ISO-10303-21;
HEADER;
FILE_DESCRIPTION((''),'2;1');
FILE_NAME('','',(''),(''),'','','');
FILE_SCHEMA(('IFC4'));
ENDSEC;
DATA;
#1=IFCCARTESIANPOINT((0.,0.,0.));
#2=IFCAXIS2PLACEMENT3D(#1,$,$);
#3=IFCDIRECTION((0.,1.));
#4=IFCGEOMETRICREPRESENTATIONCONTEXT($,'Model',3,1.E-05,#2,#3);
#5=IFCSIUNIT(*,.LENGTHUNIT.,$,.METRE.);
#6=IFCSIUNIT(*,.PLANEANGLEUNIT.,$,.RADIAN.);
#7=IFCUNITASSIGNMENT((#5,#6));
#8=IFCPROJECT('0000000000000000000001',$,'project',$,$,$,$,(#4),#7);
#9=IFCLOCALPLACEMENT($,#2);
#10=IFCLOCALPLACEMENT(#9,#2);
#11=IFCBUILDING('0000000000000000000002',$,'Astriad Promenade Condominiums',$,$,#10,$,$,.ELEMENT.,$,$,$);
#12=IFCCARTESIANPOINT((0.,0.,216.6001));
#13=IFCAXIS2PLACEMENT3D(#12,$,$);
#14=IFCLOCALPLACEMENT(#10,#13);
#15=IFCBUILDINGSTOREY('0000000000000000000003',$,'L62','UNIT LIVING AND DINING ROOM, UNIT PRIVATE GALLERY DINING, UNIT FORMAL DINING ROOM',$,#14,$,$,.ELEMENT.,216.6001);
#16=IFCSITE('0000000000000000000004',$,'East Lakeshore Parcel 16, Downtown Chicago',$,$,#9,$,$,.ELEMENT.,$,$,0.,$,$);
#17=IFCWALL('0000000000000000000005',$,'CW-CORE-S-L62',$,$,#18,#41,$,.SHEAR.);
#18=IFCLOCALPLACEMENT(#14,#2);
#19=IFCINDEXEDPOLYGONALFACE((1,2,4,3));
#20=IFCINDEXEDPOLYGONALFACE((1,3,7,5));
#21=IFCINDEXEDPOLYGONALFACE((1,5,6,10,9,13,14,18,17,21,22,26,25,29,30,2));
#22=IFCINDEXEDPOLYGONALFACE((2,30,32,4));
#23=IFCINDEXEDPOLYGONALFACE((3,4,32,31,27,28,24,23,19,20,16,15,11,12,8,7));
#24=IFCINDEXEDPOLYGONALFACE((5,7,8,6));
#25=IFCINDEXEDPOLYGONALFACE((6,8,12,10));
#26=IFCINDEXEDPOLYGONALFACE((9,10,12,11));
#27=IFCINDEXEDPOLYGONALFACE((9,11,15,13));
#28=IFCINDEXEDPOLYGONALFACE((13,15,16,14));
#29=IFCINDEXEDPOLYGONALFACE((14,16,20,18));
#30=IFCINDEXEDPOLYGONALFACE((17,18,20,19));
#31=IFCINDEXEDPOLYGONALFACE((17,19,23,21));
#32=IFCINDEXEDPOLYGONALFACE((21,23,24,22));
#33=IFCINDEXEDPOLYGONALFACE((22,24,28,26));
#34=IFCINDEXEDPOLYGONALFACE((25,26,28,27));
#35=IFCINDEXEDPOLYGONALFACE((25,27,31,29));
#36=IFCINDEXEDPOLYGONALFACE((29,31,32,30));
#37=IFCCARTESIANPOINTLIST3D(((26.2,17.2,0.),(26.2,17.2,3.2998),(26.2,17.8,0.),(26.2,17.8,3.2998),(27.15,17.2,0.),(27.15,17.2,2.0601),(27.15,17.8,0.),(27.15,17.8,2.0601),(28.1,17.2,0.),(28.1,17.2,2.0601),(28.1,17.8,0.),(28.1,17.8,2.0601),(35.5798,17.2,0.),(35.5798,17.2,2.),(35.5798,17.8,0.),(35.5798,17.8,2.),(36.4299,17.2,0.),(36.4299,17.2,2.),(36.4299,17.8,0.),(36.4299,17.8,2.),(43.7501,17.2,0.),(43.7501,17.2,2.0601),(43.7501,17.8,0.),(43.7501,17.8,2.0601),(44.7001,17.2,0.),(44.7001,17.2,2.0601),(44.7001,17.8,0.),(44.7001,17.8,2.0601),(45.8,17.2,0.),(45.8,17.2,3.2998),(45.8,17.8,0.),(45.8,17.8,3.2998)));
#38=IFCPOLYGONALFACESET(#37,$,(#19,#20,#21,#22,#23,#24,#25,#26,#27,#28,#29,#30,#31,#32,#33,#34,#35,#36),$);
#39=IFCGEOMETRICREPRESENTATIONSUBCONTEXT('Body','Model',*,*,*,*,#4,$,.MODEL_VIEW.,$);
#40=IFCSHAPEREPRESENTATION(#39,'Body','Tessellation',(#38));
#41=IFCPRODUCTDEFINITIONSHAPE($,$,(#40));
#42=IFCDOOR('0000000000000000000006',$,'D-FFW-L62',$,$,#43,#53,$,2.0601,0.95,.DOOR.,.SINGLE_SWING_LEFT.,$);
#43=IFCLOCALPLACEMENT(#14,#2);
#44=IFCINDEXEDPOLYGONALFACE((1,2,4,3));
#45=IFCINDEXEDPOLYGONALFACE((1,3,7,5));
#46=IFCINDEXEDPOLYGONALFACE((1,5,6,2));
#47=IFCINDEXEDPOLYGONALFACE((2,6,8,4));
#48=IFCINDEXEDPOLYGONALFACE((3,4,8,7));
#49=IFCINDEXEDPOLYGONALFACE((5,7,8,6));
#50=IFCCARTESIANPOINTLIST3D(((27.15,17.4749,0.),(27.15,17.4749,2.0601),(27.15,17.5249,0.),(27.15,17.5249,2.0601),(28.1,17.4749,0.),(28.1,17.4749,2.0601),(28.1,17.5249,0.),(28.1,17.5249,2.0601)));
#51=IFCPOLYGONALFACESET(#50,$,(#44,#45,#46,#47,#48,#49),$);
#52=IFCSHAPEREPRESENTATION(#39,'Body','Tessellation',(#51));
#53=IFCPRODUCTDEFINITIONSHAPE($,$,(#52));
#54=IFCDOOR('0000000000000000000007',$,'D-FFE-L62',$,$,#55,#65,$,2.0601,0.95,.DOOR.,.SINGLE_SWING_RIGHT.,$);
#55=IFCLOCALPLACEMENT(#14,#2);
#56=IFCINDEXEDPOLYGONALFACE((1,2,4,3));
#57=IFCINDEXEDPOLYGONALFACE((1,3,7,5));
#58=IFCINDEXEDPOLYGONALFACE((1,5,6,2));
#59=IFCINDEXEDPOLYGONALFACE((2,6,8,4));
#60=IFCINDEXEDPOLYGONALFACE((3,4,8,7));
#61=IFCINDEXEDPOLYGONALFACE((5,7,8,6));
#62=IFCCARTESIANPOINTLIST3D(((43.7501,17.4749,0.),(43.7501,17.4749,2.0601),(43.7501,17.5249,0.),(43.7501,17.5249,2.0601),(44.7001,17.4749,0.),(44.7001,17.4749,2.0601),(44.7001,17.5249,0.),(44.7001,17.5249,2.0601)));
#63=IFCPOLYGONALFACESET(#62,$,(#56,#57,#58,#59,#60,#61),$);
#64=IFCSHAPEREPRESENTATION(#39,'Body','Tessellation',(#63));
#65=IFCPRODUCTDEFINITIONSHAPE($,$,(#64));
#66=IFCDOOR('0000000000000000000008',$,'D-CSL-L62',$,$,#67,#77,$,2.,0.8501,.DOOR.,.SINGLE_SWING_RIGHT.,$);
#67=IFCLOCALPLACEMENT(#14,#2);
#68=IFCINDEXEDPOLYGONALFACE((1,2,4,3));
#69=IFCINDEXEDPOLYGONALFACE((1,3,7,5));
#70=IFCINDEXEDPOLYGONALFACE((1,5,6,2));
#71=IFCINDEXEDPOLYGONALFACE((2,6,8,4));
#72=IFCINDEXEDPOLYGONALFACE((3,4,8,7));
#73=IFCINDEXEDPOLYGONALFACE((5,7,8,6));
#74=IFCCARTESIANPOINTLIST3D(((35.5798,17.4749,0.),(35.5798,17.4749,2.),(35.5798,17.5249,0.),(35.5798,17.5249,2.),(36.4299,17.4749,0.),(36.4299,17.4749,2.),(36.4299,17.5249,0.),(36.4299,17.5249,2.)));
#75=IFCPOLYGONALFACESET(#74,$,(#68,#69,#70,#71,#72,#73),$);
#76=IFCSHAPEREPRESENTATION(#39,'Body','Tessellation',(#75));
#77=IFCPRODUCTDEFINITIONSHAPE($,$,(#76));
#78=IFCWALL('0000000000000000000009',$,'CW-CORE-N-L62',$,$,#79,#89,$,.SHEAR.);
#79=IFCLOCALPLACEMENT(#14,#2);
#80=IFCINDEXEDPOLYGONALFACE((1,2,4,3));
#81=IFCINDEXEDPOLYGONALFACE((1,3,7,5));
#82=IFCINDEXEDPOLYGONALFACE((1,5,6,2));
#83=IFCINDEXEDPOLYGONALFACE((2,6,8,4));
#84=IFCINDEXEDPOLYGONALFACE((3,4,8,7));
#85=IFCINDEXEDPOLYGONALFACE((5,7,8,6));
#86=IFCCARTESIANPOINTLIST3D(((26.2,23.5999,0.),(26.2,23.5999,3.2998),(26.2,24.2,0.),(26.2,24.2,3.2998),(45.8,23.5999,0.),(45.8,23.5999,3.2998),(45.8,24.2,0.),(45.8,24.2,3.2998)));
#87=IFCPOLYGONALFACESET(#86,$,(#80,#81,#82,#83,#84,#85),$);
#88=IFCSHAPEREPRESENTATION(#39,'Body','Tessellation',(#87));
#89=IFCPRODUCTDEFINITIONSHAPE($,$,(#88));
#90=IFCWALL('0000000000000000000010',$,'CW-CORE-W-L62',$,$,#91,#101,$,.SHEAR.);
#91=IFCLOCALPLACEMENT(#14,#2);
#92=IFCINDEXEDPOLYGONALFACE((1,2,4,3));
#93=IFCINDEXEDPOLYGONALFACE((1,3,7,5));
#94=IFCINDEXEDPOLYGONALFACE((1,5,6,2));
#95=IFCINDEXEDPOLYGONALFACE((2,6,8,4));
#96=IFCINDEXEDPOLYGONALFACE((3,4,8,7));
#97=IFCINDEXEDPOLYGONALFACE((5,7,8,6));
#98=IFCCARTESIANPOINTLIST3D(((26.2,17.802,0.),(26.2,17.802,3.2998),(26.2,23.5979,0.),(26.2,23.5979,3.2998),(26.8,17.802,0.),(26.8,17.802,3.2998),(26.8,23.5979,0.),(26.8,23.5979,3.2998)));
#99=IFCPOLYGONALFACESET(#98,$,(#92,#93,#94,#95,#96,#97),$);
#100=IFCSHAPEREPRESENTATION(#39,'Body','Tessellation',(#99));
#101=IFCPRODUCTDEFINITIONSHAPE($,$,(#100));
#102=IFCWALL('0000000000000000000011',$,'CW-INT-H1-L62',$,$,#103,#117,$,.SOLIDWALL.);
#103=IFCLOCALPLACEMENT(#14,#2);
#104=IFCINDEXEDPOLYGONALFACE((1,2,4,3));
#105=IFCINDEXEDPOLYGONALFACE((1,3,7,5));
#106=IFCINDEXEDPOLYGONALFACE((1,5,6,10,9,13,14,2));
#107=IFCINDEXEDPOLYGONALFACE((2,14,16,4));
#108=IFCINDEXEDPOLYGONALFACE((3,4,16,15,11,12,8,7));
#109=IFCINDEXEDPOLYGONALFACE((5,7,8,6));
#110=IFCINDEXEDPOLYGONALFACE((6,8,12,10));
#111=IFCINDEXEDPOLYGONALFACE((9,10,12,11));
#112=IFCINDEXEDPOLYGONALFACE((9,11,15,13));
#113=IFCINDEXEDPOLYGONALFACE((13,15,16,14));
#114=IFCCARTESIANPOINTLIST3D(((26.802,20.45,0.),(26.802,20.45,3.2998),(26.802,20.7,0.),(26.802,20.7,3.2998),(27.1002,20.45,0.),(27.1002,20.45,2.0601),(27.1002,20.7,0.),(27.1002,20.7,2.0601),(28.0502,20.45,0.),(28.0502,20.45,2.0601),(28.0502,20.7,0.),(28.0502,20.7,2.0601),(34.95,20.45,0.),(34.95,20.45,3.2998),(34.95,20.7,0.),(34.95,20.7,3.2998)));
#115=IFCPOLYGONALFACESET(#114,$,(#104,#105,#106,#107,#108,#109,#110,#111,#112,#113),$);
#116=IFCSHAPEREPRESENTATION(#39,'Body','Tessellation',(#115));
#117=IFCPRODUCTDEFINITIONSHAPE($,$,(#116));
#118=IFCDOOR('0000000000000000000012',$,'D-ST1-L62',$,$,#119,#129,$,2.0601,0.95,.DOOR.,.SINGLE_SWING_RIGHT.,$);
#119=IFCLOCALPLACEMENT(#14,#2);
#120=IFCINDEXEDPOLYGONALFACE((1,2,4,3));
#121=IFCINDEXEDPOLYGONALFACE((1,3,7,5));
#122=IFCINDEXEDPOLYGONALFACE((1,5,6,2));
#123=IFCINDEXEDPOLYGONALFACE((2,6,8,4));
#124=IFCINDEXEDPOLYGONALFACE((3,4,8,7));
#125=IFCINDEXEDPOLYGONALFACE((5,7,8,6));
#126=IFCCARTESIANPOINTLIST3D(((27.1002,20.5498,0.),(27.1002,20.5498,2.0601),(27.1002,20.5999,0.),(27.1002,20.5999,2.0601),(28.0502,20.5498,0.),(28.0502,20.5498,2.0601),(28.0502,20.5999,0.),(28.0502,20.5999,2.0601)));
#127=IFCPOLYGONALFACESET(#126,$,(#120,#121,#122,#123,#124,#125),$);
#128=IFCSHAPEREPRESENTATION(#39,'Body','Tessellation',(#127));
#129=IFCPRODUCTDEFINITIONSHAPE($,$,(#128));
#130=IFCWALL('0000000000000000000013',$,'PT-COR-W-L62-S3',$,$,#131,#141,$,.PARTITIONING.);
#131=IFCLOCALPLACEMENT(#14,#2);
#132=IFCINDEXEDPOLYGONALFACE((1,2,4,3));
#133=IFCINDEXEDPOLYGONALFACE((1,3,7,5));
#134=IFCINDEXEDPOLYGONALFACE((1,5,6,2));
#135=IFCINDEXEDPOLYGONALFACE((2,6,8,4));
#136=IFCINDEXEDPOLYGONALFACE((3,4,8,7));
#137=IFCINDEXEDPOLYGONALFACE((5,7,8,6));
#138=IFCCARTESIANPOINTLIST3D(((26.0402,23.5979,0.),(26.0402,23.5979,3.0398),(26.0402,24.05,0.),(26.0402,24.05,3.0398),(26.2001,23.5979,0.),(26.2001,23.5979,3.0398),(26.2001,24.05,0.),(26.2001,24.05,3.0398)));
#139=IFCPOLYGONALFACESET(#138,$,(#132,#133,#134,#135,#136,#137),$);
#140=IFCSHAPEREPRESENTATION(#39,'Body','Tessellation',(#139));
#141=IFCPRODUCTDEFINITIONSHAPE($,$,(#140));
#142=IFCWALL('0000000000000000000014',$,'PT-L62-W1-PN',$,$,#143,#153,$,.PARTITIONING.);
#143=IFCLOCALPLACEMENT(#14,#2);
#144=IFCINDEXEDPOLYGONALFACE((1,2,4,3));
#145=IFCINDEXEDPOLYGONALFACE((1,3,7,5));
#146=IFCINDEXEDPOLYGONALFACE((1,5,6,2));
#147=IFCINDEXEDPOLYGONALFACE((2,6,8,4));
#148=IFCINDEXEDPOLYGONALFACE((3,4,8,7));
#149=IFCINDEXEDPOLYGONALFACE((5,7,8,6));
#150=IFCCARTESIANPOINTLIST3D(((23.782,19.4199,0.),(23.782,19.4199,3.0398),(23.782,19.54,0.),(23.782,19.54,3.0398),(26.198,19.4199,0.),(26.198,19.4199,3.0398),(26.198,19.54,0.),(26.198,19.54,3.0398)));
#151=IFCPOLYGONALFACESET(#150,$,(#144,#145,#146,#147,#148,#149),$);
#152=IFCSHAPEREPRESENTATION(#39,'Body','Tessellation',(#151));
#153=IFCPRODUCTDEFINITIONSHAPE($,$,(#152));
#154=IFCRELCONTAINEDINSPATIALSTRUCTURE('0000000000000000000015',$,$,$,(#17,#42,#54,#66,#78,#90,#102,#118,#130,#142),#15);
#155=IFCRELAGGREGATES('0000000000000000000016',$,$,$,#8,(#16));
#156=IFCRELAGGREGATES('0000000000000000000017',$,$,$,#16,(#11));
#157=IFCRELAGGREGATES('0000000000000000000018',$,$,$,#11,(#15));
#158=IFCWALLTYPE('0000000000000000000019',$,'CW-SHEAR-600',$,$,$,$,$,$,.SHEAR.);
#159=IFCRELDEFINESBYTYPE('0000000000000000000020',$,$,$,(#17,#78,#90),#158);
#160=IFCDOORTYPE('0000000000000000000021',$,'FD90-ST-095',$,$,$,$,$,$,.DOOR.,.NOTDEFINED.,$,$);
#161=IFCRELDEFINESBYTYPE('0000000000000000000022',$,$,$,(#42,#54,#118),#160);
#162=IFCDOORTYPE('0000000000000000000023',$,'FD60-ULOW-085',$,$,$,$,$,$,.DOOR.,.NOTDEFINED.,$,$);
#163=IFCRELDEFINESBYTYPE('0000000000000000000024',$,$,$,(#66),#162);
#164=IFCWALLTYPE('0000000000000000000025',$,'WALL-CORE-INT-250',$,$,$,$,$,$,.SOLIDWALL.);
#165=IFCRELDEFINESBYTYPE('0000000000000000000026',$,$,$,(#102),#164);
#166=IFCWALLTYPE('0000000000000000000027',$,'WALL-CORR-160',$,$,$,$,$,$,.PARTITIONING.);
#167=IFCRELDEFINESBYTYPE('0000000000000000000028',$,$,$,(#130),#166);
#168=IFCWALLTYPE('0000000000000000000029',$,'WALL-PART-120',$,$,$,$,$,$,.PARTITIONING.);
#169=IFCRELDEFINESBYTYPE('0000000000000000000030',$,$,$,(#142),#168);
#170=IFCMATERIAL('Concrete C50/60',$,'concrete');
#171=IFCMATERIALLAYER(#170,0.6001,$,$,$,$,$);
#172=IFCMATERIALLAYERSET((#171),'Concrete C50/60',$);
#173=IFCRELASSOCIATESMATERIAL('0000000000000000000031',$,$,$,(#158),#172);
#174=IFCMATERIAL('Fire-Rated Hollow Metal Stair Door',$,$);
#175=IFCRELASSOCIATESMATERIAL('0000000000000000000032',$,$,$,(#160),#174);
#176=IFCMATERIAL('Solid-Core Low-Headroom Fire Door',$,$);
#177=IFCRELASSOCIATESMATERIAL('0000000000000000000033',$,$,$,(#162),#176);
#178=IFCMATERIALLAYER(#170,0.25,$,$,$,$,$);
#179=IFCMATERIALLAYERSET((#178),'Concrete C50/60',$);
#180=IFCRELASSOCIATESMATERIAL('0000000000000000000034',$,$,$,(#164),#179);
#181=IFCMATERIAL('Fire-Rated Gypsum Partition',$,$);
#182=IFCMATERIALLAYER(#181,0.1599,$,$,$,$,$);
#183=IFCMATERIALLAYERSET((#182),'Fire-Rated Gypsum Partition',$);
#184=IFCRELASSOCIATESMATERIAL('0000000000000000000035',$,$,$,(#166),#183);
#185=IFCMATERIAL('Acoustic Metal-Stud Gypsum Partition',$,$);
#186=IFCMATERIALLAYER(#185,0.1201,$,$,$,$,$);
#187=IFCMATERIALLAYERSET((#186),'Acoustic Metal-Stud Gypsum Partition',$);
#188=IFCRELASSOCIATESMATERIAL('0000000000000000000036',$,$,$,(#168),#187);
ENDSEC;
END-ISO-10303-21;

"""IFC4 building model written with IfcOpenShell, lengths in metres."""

from ifc_helpers import new_model, si_unit, direction, frame, frame_2d, origin, place, context, subcontext, project, spatial, rectangle, extrude, source, transform, mapped, material, layer, layer_set, type_object, type_shapes, element, fill, save


model = new_model("IFC4")

# Units and contexts
model_context = context("Model", 3, precision=1e-05, world=origin(), true_north=direction((0.0, 1.0)))
body_context = subcontext(model_context, "Body", "Model", "MODEL_VIEW")
ifc_project = project(units=[si_unit("LENGTHUNIT", "METRE"), si_unit("PLANEANGLEUNIT", "RADIAN")], contexts=[model_context])

# Site, building, storey
site_placement = place(None, origin())
site = spatial("IfcSite", under=ifc_project, at=site_placement, Name="East Lakeshore Parcel 16, Downtown Chicago", CompositionType="ELEMENT", RefElevation=0.0)
building_placement = place(site_placement, origin())
building = spatial("IfcBuilding", under=site, at=building_placement, Name="Astriad Promenade Condominiums", CompositionType="ELEMENT")
storey_placement = place(building_placement, frame((0.0, 0.0, 216.6001)))
storey = spatial("IfcBuildingStorey", under=building, at=storey_placement, Name="L62", Description="UNIT LIVING AND DINING ROOM, UNIT PRIVATE GALLERY DINING, UNIT FORMAL DINING ROOM", CompositionType="ELEMENT", Elevation=216.6001)

# Wall, openings, doors
ifc_material_1 = material(Name="Concrete C50/60", Category="concrete")
ifc_layer_1 = layer(ifc_material_1, 0.6001)
ifc_layer_set_1 = layer_set([ifc_layer_1], Name="Concrete C50/60")
wall_type_1 = type_object("IfcWallType", Name="CW-SHEAR-600", PredefinedType="SHEAR", material=ifc_layer_set_1)
wall_1_placement = place(storey_placement, frame((26.2, 17.5, 0.0), z_axis=(0.0, 0.0, 1.0), x_axis=(1.0, 0.0, 0.0)))
wall_1 = element("IfcWall", 1, at=wall_1_placement, inside=storey, type_object=wall_type_1, Name="CW-CORE-S-L62", PredefinedType="SHEAR", context=body_context, shape_type="SweptSolid", body=[
    extrude(rectangle(XDim=19.6001, YDim=0.6001, at=frame_2d((9.8, 0.0))), origin(), (0.0, 0.0, 1.0), 3.2998),
])
opening_1_placement = place(wall_1_placement, frame((0.95, 0.0, 0.0)))
opening_1 = element("IfcOpeningElement", 2, at=opening_1_placement, cuts=wall_1, PredefinedType="OPENING", context=body_context, shape_type="SweptSolid", body=[
    extrude(rectangle(XDim=0.95, YDim=2.0601, at=frame_2d((0.4751, 1.03))), frame((0.0, 0.3101, 0.0), z_axis=(0.0, -1.0, 0.0), x_axis=(1.0, 0.0, 0.0)), (0.0, 0.0, 1.0), 0.6201),
])
opening_2_placement = place(wall_1_placement, frame((9.3799, 0.0, 0.0)))
opening_2 = element("IfcOpeningElement", 3, at=opening_2_placement, cuts=wall_1, PredefinedType="OPENING", context=body_context, shape_type="SweptSolid", body=[
    extrude(rectangle(XDim=0.8501, YDim=2.0, at=frame_2d((0.425, 1.0))), frame((0.0, 0.3101, 0.0), z_axis=(0.0, -1.0, 0.0), x_axis=(1.0, 0.0, 0.0)), (0.0, 0.0, 1.0), 0.6201),
])
opening_3_placement = place(wall_1_placement, frame((17.55, 0.0, 0.0)))
opening_3 = element("IfcOpeningElement", 4, at=opening_3_placement, cuts=wall_1, PredefinedType="OPENING", context=body_context, shape_type="SweptSolid", body=[
    extrude(rectangle(XDim=0.95, YDim=2.0601, at=frame_2d((0.4751, 1.03))), frame((0.0, 0.3101, 0.0), z_axis=(0.0, -1.0, 0.0), x_axis=(1.0, 0.0, 0.0)), (0.0, 0.0, 1.0), 0.6201),
])
ifc_material_2 = material(Name="Fire-Rated Hollow Metal Stair Door")
door_type_1 = type_object("IfcDoorType", Name="FD90-ST-095", OperationType="NOTDEFINED", PredefinedType="DOOR", material=ifc_material_2)
shared_shape_1 = source(origin(), body_context, "Body", "SweptSolid", [
    extrude(rectangle(XDim=0.95, YDim=2.0601, at=frame_2d((0.4751, 1.03))), frame((0.0, 0.0249, 0.0), z_axis=(0.0, -1.0, 0.0), x_axis=(1.0, 0.0, 0.0)), (0.0, 0.0, 1.0), 0.05),
])
type_shapes(door_type_1, [shared_shape_1])
door_1_placement = place(opening_1_placement, origin())
door_1 = element("IfcDoor", 5, at=door_1_placement, inside=storey, type_object=door_type_1, Name="D-FFW-L62", OperationType="SINGLE_SWING_LEFT", OverallHeight=2.0601, OverallWidth=0.95, PredefinedType="DOOR", context=body_context, shape_type="MappedRepresentation", body=[
    mapped(shared_shape_1, transform((0.0, 0.0, 0.0), scale=1.0)),
])
fill(opening_1, door_1)
door_2_placement = place(opening_3_placement, origin())
door_2 = element("IfcDoor", 6, at=door_2_placement, inside=storey, type_object=door_type_1, Name="D-FFE-L62", OperationType="SINGLE_SWING_RIGHT", OverallHeight=2.0601, OverallWidth=0.95, PredefinedType="DOOR", context=body_context, shape_type="MappedRepresentation", body=[
    mapped(shared_shape_1, transform((0.0, 0.0, 0.0), scale=1.0)),
])
fill(opening_3, door_2)
ifc_material_3 = material(Name="Solid-Core Low-Headroom Fire Door")
door_type_2 = type_object("IfcDoorType", Name="FD60-ULOW-085", OperationType="NOTDEFINED", PredefinedType="DOOR", material=ifc_material_3)
shared_shape_2 = source(origin(), body_context, "Body", "SweptSolid", [
    extrude(rectangle(XDim=0.8501, YDim=2.0, at=frame_2d((0.425, 1.0))), frame((0.0, 0.0249, 0.0), z_axis=(0.0, -1.0, 0.0), x_axis=(1.0, 0.0, 0.0)), (0.0, 0.0, 1.0), 0.05),
])
type_shapes(door_type_2, [shared_shape_2])
door_3_placement = place(opening_2_placement, origin())
door_3 = element("IfcDoor", 7, at=door_3_placement, inside=storey, type_object=door_type_2, Name="D-CSL-L62", OperationType="SINGLE_SWING_RIGHT", OverallHeight=2.0, OverallWidth=0.8501, PredefinedType="DOOR", context=body_context, shape_type="MappedRepresentation", body=[
    mapped(shared_shape_2, transform((0.0, 0.0, 0.0), scale=1.0)),
])
fill(opening_2, door_3)

# Walls
wall_2_placement = place(storey_placement, frame((26.2, 23.8999, 0.0), z_axis=(0.0, 0.0, 1.0), x_axis=(1.0, 0.0, 0.0)))
element("IfcWall", 8, at=wall_2_placement, inside=storey, type_object=wall_type_1, Name="CW-CORE-N-L62", PredefinedType="SHEAR", context=body_context, shape_type="SweptSolid", body=[
    extrude(rectangle(XDim=19.6001, YDim=0.6001, at=frame_2d((9.8, 0.0))), origin(), (0.0, 0.0, 1.0), 3.2998),
])
wall_3_placement = place(storey_placement, frame((26.5, 17.802, 0.0), z_axis=(0.0, 0.0, 1.0), x_axis=(0.0, 1.0, 0.0)))
element("IfcWall", 9, at=wall_3_placement, inside=storey, type_object=wall_type_1, Name="CW-CORE-W-L62", PredefinedType="SHEAR", context=body_context, shape_type="SweptSolid", body=[
    extrude(rectangle(XDim=5.7959, YDim=0.6001, at=frame_2d((2.8979, 0.0))), origin(), (0.0, 0.0, 1.0), 3.2998),
])

# Wall, opening, door
ifc_layer_2 = layer(ifc_material_1, 0.25)
ifc_layer_set_2 = layer_set([ifc_layer_2], Name="Concrete C50/60")
wall_type_2 = type_object("IfcWallType", Name="WALL-CORE-INT-250", PredefinedType="SOLIDWALL", material=ifc_layer_set_2)
wall_4_placement = place(storey_placement, frame((26.802, 20.575, 0.0), z_axis=(0.0, 0.0, 1.0), x_axis=(1.0, 0.0, 0.0)))
wall_4 = element("IfcWall", 10, at=wall_4_placement, inside=storey, type_object=wall_type_2, Name="CW-INT-H1-L62", PredefinedType="SOLIDWALL", context=body_context, shape_type="SweptSolid", body=[
    extrude(rectangle(XDim=8.1479, YDim=0.25, at=frame_2d((4.074, 0.0))), origin(), (0.0, 0.0, 1.0), 3.2998),
])
opening_4_placement = place(wall_4_placement, frame((0.2981, 0.0, 0.0)))
opening_4 = element("IfcOpeningElement", 11, at=opening_4_placement, cuts=wall_4, PredefinedType="OPENING", context=body_context, shape_type="SweptSolid", body=[
    extrude(rectangle(XDim=0.95, YDim=2.0601, at=frame_2d((0.4751, 1.03))), frame((0.0, 0.135, 0.0), z_axis=(0.0, -1.0, 0.0), x_axis=(1.0, 0.0, 0.0)), (0.0, 0.0, 1.0), 0.27),
])
door_4_placement = place(opening_4_placement, origin())
door_4 = element("IfcDoor", 12, at=door_4_placement, inside=storey, type_object=door_type_1, Name="D-ST1-L62", OperationType="SINGLE_SWING_RIGHT", OverallHeight=2.0601, OverallWidth=0.95, PredefinedType="DOOR", context=body_context, shape_type="MappedRepresentation", body=[
    mapped(shared_shape_1, transform((0.0, 0.0, 0.0), scale=1.0)),
])
fill(opening_4, door_4)

# Walls
ifc_material_4 = material(Name="Fire-Rated Gypsum Partition")
ifc_layer_3 = layer(ifc_material_4, 0.1599)
ifc_layer_set_3 = layer_set([ifc_layer_3], Name="Fire-Rated Gypsum Partition")
wall_type_3 = type_object("IfcWallType", Name="WALL-CORR-160", PredefinedType="PARTITIONING", material=ifc_layer_set_3)
wall_5_placement = place(storey_placement, frame((26.1201, 23.5979, 0.0), z_axis=(0.0, 0.0, 1.0), x_axis=(0.0, 1.0, 0.0)))
element("IfcWall", 13, at=wall_5_placement, inside=storey, type_object=wall_type_3, Name="PT-COR-W-L62-S3", PredefinedType="PARTITIONING", context=body_context, shape_type="SweptSolid", body=[
    extrude(rectangle(XDim=0.4521, YDim=0.1599, at=frame_2d((0.2261, 0.0))), origin(), (0.0, 0.0, 1.0), 3.0398),
])
ifc_material_5 = material(Name="Acoustic Metal-Stud Gypsum Partition")
ifc_layer_4 = layer(ifc_material_5, 0.1201)
ifc_layer_set_4 = layer_set([ifc_layer_4], Name="Acoustic Metal-Stud Gypsum Partition")
wall_type_4 = type_object("IfcWallType", Name="WALL-PART-120", PredefinedType="PARTITIONING", material=ifc_layer_set_4)
wall_6_placement = place(storey_placement, frame((23.782, 19.48, 0.0), z_axis=(0.0, 0.0, 1.0), x_axis=(1.0, 0.0, 0.0)))
element("IfcWall", 14, at=wall_6_placement, inside=storey, type_object=wall_type_4, Name="PT-L62-W1-PN", PredefinedType="PARTITIONING", context=body_context, shape_type="SweptSolid", body=[
    extrude(rectangle(XDim=2.416, YDim=0.1201, at=frame_2d((1.208, 0.0))), origin(), (0.0, 0.0, 1.0), 3.0398),
])

save(model, "model.ifc")
